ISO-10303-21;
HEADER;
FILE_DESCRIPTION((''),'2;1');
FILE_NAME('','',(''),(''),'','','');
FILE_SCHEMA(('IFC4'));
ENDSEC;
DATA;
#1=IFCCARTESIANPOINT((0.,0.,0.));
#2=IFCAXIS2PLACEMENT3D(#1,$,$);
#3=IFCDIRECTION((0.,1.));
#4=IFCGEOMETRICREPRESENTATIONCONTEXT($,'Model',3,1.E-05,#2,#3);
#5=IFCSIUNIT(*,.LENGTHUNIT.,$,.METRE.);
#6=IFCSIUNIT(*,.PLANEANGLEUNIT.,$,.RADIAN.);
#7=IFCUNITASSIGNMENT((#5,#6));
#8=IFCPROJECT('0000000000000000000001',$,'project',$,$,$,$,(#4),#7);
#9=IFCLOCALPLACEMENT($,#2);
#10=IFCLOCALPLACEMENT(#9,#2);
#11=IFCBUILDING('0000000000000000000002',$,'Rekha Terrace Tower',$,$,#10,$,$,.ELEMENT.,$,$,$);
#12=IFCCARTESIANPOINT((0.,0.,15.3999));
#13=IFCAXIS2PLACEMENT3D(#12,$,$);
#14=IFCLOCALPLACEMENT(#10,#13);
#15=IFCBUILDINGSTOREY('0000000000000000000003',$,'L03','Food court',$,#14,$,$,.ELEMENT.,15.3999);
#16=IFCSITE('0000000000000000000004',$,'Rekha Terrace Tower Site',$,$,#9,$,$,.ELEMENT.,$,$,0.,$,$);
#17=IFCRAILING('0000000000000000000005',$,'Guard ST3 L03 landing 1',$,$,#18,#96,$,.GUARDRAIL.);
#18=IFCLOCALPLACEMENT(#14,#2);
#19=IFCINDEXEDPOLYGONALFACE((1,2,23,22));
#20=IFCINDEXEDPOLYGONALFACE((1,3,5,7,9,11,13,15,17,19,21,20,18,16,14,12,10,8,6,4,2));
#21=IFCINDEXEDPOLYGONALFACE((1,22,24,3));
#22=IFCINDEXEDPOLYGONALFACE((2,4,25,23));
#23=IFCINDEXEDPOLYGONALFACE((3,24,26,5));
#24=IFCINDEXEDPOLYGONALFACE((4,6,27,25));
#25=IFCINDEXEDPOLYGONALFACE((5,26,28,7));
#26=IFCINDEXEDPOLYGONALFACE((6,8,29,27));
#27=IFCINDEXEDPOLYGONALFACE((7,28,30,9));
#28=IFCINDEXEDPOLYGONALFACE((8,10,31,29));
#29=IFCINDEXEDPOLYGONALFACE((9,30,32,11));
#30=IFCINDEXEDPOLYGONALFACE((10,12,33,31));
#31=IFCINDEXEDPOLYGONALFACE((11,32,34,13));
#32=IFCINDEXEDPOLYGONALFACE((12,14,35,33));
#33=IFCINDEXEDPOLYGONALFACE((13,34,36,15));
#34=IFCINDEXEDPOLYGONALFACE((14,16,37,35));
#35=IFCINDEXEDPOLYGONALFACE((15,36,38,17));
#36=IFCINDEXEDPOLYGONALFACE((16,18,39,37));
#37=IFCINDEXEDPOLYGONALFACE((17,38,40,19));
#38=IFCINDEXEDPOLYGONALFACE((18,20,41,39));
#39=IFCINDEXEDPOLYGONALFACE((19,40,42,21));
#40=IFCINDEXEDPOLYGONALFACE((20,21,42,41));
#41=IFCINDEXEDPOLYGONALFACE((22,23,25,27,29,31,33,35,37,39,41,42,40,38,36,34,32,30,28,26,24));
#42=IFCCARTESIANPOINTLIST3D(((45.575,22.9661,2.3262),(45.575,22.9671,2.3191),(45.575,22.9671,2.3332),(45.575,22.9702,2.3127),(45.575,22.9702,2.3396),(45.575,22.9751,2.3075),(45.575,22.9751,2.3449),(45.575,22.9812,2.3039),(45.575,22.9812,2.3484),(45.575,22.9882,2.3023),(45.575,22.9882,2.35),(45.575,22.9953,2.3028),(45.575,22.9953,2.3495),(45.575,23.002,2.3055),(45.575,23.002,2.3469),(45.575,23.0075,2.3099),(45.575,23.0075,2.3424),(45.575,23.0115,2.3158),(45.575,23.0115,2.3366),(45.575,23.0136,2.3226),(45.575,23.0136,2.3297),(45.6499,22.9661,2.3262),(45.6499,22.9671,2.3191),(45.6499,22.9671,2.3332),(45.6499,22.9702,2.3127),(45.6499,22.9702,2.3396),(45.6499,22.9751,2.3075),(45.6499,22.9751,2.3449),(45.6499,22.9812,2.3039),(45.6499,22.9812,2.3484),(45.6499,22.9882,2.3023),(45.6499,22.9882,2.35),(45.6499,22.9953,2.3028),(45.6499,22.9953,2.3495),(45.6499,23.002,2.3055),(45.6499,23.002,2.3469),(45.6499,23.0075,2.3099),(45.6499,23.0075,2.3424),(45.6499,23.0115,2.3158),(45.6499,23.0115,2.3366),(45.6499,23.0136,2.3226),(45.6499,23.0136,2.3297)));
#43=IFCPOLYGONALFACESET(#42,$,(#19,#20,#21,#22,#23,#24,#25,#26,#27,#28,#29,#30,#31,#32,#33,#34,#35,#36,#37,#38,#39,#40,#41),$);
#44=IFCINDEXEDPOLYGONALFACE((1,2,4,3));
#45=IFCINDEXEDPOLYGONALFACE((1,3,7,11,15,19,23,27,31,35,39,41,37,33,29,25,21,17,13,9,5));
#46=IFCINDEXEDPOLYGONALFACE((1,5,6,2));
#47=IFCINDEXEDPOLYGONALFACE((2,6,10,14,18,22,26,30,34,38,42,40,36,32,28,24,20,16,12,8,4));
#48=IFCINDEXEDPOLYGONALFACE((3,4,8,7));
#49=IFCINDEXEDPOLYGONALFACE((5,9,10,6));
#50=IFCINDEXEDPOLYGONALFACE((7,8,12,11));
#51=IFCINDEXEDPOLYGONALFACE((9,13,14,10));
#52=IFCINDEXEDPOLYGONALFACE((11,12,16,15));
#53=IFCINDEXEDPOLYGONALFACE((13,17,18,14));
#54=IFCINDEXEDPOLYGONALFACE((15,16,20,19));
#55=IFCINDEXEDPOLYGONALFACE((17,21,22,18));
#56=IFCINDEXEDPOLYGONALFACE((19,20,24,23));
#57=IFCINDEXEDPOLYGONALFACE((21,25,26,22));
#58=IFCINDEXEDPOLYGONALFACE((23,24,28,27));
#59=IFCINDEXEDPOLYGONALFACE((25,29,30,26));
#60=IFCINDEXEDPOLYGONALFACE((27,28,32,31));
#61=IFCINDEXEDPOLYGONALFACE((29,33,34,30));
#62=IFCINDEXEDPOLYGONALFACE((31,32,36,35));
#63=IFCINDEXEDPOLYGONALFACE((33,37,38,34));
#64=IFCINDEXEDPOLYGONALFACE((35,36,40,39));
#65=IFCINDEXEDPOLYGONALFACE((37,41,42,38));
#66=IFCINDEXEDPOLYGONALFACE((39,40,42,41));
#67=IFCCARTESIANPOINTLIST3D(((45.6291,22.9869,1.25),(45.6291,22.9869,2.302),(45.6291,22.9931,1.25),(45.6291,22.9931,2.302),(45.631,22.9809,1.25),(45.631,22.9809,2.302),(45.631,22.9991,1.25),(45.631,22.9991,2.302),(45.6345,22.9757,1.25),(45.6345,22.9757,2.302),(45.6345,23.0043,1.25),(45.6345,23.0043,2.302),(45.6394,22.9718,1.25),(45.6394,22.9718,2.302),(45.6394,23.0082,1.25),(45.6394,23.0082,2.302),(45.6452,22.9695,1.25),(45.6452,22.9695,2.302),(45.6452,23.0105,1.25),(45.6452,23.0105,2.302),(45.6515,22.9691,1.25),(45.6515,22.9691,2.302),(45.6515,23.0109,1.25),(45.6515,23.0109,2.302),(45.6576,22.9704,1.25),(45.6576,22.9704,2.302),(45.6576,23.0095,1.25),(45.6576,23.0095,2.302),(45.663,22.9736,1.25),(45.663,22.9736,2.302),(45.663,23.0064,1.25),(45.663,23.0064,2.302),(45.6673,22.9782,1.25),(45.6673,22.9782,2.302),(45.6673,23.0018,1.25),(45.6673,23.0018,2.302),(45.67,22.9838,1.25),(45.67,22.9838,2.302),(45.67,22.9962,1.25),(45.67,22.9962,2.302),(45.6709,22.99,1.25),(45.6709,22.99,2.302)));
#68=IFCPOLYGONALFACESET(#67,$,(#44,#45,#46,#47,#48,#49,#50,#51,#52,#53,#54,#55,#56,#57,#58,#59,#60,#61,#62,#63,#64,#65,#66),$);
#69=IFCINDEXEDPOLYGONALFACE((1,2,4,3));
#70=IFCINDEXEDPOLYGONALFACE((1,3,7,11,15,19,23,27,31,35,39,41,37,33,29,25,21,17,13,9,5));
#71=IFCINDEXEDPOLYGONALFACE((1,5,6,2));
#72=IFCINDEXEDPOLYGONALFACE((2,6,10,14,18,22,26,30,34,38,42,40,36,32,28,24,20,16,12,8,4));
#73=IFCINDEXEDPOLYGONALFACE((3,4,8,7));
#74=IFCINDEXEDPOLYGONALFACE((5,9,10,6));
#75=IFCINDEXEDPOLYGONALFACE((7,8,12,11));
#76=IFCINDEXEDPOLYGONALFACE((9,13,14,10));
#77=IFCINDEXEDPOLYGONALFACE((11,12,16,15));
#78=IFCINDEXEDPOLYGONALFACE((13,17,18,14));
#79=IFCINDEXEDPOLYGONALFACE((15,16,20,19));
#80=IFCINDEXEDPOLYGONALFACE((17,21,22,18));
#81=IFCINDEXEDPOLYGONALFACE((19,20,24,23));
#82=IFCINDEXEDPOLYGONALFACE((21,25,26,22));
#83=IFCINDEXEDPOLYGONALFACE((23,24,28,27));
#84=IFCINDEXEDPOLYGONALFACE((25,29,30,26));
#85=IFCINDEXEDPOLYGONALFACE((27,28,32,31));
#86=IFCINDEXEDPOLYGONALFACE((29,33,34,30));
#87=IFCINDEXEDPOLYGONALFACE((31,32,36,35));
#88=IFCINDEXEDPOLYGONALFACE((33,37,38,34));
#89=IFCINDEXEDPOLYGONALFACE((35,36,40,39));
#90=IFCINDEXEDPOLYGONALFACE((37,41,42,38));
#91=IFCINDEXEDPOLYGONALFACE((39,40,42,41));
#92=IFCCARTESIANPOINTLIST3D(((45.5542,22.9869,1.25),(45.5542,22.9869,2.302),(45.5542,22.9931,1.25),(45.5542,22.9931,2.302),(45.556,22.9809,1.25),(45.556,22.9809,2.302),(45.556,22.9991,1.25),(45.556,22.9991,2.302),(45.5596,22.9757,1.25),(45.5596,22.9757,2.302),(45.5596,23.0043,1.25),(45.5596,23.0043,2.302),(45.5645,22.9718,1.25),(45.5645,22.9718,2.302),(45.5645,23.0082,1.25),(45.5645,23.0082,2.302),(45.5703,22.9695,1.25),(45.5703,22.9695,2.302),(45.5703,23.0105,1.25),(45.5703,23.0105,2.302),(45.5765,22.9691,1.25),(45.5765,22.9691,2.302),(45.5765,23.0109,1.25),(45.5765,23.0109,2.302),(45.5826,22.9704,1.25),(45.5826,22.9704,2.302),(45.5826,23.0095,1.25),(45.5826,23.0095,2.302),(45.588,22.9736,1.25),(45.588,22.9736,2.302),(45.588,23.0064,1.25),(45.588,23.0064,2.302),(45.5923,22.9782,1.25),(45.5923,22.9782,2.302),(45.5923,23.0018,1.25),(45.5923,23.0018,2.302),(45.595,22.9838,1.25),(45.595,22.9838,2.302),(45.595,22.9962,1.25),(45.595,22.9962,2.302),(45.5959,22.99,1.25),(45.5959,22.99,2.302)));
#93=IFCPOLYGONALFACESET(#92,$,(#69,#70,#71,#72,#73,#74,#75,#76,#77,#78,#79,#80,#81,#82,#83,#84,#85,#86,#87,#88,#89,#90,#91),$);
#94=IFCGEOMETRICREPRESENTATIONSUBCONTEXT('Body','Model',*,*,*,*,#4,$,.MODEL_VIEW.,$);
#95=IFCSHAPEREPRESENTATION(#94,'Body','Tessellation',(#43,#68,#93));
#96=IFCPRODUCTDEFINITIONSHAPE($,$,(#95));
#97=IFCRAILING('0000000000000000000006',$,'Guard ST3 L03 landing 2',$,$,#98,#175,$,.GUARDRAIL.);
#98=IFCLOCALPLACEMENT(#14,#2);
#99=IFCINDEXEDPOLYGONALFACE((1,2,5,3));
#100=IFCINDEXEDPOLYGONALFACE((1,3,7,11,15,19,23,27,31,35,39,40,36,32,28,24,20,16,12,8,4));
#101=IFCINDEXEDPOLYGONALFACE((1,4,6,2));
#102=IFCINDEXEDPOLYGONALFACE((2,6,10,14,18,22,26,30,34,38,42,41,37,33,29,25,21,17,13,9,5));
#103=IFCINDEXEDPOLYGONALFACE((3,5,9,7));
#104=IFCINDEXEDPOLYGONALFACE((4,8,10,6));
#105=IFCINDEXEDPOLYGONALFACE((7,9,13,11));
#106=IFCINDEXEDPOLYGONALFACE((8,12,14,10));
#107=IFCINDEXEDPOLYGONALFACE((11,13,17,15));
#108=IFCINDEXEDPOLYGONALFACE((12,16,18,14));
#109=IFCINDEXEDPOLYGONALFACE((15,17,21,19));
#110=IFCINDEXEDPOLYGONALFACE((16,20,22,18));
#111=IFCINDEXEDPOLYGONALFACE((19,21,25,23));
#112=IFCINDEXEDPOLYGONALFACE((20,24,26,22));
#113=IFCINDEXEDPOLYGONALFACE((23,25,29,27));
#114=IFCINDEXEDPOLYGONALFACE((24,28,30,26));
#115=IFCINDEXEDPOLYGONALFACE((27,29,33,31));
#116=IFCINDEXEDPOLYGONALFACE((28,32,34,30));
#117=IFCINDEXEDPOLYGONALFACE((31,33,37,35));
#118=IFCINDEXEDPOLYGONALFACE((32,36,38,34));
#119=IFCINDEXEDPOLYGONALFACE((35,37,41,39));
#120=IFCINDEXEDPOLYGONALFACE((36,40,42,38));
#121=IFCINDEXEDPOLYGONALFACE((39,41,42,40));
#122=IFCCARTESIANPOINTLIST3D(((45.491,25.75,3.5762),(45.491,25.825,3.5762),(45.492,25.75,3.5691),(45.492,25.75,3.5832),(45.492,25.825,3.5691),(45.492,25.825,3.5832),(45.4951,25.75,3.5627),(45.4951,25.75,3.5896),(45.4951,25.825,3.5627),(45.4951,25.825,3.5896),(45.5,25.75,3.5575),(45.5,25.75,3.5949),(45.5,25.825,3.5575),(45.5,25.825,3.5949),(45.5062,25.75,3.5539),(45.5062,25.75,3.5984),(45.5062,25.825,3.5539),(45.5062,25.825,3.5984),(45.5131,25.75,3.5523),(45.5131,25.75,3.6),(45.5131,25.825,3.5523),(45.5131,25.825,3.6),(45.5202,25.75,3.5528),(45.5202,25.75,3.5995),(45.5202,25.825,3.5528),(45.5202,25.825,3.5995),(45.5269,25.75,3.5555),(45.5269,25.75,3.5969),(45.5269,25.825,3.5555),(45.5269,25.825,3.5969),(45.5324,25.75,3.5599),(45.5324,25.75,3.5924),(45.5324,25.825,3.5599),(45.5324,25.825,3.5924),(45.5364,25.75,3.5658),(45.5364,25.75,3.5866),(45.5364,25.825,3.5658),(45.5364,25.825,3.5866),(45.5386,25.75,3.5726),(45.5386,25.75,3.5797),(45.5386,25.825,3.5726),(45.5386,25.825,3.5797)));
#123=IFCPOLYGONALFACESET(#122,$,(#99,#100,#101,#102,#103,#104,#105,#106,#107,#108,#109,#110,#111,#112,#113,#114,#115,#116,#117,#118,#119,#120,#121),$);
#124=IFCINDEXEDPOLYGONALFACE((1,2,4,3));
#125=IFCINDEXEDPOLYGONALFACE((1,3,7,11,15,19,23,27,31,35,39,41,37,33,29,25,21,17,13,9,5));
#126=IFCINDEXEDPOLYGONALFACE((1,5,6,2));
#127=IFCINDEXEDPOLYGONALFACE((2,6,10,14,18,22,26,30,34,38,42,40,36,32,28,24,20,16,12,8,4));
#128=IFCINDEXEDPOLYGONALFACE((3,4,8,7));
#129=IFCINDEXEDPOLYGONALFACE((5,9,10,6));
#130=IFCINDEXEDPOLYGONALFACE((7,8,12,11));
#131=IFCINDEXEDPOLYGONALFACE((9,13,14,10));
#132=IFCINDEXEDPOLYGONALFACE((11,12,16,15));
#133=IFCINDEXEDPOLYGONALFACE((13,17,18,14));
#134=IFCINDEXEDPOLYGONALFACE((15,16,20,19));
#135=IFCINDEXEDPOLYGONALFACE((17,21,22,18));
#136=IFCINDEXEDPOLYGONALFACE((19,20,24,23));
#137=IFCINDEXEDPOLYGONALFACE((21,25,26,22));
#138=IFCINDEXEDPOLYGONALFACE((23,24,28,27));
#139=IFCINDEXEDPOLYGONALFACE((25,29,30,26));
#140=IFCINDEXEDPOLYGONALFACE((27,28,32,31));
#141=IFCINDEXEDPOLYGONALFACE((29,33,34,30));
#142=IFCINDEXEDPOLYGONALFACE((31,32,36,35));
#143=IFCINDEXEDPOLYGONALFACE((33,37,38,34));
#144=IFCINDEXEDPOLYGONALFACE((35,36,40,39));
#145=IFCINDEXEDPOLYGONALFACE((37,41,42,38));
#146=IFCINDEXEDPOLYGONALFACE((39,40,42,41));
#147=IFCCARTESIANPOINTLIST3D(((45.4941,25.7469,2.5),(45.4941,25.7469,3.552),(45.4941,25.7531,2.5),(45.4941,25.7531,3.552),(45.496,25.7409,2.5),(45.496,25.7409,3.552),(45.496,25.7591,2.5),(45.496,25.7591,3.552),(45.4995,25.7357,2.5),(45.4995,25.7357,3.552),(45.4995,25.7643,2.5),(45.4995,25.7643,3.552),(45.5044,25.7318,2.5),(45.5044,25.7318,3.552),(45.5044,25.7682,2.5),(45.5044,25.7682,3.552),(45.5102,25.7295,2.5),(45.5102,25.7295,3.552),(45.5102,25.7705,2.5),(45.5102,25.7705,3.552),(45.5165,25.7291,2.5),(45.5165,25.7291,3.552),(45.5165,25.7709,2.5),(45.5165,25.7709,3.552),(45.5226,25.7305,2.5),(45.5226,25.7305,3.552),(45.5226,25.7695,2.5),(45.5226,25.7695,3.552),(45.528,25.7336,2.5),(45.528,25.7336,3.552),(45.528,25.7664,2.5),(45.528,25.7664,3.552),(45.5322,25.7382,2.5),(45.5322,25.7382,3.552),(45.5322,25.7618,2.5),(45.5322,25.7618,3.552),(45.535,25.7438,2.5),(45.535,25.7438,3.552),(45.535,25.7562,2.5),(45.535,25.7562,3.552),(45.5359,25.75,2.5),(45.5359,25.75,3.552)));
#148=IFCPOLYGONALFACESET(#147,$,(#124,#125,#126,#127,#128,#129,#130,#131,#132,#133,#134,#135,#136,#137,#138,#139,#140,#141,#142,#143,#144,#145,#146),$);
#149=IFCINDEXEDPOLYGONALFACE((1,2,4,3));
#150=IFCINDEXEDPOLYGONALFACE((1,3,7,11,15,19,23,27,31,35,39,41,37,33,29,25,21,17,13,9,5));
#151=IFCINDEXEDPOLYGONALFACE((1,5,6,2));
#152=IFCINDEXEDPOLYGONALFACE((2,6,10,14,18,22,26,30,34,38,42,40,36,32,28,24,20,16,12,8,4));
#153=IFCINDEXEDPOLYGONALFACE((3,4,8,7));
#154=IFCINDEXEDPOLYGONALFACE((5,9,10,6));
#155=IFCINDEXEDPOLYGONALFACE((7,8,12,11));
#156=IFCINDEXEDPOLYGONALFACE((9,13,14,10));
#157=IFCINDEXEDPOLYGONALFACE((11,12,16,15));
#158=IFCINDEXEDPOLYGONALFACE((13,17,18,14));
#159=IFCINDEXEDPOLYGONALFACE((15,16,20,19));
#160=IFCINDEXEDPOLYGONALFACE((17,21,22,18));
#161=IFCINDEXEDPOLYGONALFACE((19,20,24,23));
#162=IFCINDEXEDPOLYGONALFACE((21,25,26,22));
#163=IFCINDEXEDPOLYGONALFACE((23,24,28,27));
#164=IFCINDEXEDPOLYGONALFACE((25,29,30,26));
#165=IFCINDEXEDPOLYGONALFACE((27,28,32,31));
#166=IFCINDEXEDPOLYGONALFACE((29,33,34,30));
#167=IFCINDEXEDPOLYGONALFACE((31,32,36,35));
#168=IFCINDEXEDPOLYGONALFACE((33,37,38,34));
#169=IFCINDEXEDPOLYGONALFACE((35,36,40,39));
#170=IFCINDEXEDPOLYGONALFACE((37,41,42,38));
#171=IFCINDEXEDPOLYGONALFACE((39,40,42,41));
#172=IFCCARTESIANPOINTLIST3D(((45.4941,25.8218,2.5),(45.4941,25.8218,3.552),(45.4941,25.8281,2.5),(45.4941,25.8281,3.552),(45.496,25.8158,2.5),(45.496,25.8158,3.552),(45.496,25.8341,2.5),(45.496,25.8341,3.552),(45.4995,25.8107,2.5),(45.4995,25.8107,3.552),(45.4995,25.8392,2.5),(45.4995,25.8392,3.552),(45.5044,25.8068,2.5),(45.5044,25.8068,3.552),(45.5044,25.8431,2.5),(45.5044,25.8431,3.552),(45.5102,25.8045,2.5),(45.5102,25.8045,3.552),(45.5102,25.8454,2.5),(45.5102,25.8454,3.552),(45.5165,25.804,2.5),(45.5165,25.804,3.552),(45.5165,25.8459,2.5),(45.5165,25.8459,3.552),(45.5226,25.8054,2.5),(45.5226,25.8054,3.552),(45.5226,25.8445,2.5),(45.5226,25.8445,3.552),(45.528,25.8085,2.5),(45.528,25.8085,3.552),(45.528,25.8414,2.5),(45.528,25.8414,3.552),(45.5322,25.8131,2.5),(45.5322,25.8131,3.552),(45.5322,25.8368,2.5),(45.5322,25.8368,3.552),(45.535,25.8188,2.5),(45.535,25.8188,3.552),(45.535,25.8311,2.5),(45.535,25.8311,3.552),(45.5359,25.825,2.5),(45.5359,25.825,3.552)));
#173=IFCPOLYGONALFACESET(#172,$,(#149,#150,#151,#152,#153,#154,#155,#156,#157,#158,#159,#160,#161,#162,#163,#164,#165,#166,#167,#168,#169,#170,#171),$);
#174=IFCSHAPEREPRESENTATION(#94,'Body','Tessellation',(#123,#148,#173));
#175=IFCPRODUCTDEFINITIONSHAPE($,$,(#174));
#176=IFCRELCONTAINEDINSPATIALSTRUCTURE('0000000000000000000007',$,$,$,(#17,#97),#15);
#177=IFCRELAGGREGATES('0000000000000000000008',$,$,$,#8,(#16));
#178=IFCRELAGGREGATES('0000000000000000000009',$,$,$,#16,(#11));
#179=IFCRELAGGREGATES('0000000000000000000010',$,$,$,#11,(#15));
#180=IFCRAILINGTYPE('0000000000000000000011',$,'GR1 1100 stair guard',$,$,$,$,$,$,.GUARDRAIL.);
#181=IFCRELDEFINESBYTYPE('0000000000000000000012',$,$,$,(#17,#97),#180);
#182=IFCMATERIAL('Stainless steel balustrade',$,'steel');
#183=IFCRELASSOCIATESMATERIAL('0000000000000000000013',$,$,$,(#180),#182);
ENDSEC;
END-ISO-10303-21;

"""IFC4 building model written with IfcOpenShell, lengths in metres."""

from ifc_helpers import new_model, si_unit, direction, frame, origin, origin_2d, place, context, subcontext, project, spatial, circle, extrude, material, type_object, element, save


model = new_model("IFC4")

# Units and contexts
model_context = context("Model", 3, precision=1e-05, world=origin(), true_north=direction((0.0, 1.0)))
body_context = subcontext(model_context, "Body", "Model", "MODEL_VIEW")
ifc_project = project(units=[si_unit("LENGTHUNIT", "METRE"), si_unit("PLANEANGLEUNIT", "RADIAN")], contexts=[model_context])

# Site, building, storey
site_placement = place(None, origin())
site = spatial("IfcSite", under=ifc_project, at=site_placement, Name="Rekha Terrace Tower Site", CompositionType="ELEMENT", RefElevation=0.0)
building_placement = place(site_placement, origin())
building = spatial("IfcBuilding", under=site, at=building_placement, Name="Rekha Terrace Tower", CompositionType="ELEMENT")
storey_placement = place(building_placement, frame((0.0, 0.0, 15.3999)))
storey = spatial("IfcBuildingStorey", under=building, at=storey_placement, Name="L03", Description="Food court", CompositionType="ELEMENT", Elevation=15.3999)

# Railings
ifc_material_1 = material(Name="Stainless steel balustrade", Category="steel")
railing_type_1 = type_object("IfcRailingType", Name="GR1 1100 stair guard", PredefinedType="GUARDRAIL", material=ifc_material_1)
railing_1_placement = place(storey_placement, frame((45.6499, 22.99, 1.25)))
element("IfcRailing", 1, at=railing_1_placement, inside=storey, type_object=railing_type_1, Name="Guard ST3 L03 landing 1", PredefinedType="GUARDRAIL", context=body_context, shape_type="SweptSolid", body=[
    extrude(circle(Radius=0.0239, at=origin_2d()), frame((0.0, 0.0, 1.0762), z_axis=(-1.0, 0.0, 0.0), x_axis=(0.0, -1.0, 0.0)), (0.0, 0.0, 1.0), 0.075),
    extrude(circle(Radius=0.021, at=origin_2d()), origin(), (0.0, 0.0, 1.0), 1.052),
    extrude(circle(Radius=0.021, at=origin_2d()), frame((-0.075, 0.0, 0.0)), (0.0, 0.0, 1.0), 1.052),
])
railing_2_placement = place(storey_placement, frame((45.5149, 25.75, 2.5)))
element("IfcRailing", 2, at=railing_2_placement, inside=storey, type_object=railing_type_1, Name="Guard ST3 L03 landing 2", PredefinedType="GUARDRAIL", context=body_context, shape_type="SweptSolid", body=[
    extrude(circle(Radius=0.0239, at=origin_2d()), frame((0.0, 0.0, 1.0762), z_axis=(0.0, 1.0, 0.0), x_axis=(-1.0, 0.0, 0.0)), (0.0, 0.0, 1.0), 0.075),
    extrude(circle(Radius=0.021, at=origin_2d()), origin(), (0.0, 0.0, 1.0), 1.052),
    extrude(circle(Radius=0.021, at=origin_2d()), frame((0.0, 0.075, 0.0)), (0.0, 0.0, 1.0), 1.052),
])

save(model, "model.ifc")
